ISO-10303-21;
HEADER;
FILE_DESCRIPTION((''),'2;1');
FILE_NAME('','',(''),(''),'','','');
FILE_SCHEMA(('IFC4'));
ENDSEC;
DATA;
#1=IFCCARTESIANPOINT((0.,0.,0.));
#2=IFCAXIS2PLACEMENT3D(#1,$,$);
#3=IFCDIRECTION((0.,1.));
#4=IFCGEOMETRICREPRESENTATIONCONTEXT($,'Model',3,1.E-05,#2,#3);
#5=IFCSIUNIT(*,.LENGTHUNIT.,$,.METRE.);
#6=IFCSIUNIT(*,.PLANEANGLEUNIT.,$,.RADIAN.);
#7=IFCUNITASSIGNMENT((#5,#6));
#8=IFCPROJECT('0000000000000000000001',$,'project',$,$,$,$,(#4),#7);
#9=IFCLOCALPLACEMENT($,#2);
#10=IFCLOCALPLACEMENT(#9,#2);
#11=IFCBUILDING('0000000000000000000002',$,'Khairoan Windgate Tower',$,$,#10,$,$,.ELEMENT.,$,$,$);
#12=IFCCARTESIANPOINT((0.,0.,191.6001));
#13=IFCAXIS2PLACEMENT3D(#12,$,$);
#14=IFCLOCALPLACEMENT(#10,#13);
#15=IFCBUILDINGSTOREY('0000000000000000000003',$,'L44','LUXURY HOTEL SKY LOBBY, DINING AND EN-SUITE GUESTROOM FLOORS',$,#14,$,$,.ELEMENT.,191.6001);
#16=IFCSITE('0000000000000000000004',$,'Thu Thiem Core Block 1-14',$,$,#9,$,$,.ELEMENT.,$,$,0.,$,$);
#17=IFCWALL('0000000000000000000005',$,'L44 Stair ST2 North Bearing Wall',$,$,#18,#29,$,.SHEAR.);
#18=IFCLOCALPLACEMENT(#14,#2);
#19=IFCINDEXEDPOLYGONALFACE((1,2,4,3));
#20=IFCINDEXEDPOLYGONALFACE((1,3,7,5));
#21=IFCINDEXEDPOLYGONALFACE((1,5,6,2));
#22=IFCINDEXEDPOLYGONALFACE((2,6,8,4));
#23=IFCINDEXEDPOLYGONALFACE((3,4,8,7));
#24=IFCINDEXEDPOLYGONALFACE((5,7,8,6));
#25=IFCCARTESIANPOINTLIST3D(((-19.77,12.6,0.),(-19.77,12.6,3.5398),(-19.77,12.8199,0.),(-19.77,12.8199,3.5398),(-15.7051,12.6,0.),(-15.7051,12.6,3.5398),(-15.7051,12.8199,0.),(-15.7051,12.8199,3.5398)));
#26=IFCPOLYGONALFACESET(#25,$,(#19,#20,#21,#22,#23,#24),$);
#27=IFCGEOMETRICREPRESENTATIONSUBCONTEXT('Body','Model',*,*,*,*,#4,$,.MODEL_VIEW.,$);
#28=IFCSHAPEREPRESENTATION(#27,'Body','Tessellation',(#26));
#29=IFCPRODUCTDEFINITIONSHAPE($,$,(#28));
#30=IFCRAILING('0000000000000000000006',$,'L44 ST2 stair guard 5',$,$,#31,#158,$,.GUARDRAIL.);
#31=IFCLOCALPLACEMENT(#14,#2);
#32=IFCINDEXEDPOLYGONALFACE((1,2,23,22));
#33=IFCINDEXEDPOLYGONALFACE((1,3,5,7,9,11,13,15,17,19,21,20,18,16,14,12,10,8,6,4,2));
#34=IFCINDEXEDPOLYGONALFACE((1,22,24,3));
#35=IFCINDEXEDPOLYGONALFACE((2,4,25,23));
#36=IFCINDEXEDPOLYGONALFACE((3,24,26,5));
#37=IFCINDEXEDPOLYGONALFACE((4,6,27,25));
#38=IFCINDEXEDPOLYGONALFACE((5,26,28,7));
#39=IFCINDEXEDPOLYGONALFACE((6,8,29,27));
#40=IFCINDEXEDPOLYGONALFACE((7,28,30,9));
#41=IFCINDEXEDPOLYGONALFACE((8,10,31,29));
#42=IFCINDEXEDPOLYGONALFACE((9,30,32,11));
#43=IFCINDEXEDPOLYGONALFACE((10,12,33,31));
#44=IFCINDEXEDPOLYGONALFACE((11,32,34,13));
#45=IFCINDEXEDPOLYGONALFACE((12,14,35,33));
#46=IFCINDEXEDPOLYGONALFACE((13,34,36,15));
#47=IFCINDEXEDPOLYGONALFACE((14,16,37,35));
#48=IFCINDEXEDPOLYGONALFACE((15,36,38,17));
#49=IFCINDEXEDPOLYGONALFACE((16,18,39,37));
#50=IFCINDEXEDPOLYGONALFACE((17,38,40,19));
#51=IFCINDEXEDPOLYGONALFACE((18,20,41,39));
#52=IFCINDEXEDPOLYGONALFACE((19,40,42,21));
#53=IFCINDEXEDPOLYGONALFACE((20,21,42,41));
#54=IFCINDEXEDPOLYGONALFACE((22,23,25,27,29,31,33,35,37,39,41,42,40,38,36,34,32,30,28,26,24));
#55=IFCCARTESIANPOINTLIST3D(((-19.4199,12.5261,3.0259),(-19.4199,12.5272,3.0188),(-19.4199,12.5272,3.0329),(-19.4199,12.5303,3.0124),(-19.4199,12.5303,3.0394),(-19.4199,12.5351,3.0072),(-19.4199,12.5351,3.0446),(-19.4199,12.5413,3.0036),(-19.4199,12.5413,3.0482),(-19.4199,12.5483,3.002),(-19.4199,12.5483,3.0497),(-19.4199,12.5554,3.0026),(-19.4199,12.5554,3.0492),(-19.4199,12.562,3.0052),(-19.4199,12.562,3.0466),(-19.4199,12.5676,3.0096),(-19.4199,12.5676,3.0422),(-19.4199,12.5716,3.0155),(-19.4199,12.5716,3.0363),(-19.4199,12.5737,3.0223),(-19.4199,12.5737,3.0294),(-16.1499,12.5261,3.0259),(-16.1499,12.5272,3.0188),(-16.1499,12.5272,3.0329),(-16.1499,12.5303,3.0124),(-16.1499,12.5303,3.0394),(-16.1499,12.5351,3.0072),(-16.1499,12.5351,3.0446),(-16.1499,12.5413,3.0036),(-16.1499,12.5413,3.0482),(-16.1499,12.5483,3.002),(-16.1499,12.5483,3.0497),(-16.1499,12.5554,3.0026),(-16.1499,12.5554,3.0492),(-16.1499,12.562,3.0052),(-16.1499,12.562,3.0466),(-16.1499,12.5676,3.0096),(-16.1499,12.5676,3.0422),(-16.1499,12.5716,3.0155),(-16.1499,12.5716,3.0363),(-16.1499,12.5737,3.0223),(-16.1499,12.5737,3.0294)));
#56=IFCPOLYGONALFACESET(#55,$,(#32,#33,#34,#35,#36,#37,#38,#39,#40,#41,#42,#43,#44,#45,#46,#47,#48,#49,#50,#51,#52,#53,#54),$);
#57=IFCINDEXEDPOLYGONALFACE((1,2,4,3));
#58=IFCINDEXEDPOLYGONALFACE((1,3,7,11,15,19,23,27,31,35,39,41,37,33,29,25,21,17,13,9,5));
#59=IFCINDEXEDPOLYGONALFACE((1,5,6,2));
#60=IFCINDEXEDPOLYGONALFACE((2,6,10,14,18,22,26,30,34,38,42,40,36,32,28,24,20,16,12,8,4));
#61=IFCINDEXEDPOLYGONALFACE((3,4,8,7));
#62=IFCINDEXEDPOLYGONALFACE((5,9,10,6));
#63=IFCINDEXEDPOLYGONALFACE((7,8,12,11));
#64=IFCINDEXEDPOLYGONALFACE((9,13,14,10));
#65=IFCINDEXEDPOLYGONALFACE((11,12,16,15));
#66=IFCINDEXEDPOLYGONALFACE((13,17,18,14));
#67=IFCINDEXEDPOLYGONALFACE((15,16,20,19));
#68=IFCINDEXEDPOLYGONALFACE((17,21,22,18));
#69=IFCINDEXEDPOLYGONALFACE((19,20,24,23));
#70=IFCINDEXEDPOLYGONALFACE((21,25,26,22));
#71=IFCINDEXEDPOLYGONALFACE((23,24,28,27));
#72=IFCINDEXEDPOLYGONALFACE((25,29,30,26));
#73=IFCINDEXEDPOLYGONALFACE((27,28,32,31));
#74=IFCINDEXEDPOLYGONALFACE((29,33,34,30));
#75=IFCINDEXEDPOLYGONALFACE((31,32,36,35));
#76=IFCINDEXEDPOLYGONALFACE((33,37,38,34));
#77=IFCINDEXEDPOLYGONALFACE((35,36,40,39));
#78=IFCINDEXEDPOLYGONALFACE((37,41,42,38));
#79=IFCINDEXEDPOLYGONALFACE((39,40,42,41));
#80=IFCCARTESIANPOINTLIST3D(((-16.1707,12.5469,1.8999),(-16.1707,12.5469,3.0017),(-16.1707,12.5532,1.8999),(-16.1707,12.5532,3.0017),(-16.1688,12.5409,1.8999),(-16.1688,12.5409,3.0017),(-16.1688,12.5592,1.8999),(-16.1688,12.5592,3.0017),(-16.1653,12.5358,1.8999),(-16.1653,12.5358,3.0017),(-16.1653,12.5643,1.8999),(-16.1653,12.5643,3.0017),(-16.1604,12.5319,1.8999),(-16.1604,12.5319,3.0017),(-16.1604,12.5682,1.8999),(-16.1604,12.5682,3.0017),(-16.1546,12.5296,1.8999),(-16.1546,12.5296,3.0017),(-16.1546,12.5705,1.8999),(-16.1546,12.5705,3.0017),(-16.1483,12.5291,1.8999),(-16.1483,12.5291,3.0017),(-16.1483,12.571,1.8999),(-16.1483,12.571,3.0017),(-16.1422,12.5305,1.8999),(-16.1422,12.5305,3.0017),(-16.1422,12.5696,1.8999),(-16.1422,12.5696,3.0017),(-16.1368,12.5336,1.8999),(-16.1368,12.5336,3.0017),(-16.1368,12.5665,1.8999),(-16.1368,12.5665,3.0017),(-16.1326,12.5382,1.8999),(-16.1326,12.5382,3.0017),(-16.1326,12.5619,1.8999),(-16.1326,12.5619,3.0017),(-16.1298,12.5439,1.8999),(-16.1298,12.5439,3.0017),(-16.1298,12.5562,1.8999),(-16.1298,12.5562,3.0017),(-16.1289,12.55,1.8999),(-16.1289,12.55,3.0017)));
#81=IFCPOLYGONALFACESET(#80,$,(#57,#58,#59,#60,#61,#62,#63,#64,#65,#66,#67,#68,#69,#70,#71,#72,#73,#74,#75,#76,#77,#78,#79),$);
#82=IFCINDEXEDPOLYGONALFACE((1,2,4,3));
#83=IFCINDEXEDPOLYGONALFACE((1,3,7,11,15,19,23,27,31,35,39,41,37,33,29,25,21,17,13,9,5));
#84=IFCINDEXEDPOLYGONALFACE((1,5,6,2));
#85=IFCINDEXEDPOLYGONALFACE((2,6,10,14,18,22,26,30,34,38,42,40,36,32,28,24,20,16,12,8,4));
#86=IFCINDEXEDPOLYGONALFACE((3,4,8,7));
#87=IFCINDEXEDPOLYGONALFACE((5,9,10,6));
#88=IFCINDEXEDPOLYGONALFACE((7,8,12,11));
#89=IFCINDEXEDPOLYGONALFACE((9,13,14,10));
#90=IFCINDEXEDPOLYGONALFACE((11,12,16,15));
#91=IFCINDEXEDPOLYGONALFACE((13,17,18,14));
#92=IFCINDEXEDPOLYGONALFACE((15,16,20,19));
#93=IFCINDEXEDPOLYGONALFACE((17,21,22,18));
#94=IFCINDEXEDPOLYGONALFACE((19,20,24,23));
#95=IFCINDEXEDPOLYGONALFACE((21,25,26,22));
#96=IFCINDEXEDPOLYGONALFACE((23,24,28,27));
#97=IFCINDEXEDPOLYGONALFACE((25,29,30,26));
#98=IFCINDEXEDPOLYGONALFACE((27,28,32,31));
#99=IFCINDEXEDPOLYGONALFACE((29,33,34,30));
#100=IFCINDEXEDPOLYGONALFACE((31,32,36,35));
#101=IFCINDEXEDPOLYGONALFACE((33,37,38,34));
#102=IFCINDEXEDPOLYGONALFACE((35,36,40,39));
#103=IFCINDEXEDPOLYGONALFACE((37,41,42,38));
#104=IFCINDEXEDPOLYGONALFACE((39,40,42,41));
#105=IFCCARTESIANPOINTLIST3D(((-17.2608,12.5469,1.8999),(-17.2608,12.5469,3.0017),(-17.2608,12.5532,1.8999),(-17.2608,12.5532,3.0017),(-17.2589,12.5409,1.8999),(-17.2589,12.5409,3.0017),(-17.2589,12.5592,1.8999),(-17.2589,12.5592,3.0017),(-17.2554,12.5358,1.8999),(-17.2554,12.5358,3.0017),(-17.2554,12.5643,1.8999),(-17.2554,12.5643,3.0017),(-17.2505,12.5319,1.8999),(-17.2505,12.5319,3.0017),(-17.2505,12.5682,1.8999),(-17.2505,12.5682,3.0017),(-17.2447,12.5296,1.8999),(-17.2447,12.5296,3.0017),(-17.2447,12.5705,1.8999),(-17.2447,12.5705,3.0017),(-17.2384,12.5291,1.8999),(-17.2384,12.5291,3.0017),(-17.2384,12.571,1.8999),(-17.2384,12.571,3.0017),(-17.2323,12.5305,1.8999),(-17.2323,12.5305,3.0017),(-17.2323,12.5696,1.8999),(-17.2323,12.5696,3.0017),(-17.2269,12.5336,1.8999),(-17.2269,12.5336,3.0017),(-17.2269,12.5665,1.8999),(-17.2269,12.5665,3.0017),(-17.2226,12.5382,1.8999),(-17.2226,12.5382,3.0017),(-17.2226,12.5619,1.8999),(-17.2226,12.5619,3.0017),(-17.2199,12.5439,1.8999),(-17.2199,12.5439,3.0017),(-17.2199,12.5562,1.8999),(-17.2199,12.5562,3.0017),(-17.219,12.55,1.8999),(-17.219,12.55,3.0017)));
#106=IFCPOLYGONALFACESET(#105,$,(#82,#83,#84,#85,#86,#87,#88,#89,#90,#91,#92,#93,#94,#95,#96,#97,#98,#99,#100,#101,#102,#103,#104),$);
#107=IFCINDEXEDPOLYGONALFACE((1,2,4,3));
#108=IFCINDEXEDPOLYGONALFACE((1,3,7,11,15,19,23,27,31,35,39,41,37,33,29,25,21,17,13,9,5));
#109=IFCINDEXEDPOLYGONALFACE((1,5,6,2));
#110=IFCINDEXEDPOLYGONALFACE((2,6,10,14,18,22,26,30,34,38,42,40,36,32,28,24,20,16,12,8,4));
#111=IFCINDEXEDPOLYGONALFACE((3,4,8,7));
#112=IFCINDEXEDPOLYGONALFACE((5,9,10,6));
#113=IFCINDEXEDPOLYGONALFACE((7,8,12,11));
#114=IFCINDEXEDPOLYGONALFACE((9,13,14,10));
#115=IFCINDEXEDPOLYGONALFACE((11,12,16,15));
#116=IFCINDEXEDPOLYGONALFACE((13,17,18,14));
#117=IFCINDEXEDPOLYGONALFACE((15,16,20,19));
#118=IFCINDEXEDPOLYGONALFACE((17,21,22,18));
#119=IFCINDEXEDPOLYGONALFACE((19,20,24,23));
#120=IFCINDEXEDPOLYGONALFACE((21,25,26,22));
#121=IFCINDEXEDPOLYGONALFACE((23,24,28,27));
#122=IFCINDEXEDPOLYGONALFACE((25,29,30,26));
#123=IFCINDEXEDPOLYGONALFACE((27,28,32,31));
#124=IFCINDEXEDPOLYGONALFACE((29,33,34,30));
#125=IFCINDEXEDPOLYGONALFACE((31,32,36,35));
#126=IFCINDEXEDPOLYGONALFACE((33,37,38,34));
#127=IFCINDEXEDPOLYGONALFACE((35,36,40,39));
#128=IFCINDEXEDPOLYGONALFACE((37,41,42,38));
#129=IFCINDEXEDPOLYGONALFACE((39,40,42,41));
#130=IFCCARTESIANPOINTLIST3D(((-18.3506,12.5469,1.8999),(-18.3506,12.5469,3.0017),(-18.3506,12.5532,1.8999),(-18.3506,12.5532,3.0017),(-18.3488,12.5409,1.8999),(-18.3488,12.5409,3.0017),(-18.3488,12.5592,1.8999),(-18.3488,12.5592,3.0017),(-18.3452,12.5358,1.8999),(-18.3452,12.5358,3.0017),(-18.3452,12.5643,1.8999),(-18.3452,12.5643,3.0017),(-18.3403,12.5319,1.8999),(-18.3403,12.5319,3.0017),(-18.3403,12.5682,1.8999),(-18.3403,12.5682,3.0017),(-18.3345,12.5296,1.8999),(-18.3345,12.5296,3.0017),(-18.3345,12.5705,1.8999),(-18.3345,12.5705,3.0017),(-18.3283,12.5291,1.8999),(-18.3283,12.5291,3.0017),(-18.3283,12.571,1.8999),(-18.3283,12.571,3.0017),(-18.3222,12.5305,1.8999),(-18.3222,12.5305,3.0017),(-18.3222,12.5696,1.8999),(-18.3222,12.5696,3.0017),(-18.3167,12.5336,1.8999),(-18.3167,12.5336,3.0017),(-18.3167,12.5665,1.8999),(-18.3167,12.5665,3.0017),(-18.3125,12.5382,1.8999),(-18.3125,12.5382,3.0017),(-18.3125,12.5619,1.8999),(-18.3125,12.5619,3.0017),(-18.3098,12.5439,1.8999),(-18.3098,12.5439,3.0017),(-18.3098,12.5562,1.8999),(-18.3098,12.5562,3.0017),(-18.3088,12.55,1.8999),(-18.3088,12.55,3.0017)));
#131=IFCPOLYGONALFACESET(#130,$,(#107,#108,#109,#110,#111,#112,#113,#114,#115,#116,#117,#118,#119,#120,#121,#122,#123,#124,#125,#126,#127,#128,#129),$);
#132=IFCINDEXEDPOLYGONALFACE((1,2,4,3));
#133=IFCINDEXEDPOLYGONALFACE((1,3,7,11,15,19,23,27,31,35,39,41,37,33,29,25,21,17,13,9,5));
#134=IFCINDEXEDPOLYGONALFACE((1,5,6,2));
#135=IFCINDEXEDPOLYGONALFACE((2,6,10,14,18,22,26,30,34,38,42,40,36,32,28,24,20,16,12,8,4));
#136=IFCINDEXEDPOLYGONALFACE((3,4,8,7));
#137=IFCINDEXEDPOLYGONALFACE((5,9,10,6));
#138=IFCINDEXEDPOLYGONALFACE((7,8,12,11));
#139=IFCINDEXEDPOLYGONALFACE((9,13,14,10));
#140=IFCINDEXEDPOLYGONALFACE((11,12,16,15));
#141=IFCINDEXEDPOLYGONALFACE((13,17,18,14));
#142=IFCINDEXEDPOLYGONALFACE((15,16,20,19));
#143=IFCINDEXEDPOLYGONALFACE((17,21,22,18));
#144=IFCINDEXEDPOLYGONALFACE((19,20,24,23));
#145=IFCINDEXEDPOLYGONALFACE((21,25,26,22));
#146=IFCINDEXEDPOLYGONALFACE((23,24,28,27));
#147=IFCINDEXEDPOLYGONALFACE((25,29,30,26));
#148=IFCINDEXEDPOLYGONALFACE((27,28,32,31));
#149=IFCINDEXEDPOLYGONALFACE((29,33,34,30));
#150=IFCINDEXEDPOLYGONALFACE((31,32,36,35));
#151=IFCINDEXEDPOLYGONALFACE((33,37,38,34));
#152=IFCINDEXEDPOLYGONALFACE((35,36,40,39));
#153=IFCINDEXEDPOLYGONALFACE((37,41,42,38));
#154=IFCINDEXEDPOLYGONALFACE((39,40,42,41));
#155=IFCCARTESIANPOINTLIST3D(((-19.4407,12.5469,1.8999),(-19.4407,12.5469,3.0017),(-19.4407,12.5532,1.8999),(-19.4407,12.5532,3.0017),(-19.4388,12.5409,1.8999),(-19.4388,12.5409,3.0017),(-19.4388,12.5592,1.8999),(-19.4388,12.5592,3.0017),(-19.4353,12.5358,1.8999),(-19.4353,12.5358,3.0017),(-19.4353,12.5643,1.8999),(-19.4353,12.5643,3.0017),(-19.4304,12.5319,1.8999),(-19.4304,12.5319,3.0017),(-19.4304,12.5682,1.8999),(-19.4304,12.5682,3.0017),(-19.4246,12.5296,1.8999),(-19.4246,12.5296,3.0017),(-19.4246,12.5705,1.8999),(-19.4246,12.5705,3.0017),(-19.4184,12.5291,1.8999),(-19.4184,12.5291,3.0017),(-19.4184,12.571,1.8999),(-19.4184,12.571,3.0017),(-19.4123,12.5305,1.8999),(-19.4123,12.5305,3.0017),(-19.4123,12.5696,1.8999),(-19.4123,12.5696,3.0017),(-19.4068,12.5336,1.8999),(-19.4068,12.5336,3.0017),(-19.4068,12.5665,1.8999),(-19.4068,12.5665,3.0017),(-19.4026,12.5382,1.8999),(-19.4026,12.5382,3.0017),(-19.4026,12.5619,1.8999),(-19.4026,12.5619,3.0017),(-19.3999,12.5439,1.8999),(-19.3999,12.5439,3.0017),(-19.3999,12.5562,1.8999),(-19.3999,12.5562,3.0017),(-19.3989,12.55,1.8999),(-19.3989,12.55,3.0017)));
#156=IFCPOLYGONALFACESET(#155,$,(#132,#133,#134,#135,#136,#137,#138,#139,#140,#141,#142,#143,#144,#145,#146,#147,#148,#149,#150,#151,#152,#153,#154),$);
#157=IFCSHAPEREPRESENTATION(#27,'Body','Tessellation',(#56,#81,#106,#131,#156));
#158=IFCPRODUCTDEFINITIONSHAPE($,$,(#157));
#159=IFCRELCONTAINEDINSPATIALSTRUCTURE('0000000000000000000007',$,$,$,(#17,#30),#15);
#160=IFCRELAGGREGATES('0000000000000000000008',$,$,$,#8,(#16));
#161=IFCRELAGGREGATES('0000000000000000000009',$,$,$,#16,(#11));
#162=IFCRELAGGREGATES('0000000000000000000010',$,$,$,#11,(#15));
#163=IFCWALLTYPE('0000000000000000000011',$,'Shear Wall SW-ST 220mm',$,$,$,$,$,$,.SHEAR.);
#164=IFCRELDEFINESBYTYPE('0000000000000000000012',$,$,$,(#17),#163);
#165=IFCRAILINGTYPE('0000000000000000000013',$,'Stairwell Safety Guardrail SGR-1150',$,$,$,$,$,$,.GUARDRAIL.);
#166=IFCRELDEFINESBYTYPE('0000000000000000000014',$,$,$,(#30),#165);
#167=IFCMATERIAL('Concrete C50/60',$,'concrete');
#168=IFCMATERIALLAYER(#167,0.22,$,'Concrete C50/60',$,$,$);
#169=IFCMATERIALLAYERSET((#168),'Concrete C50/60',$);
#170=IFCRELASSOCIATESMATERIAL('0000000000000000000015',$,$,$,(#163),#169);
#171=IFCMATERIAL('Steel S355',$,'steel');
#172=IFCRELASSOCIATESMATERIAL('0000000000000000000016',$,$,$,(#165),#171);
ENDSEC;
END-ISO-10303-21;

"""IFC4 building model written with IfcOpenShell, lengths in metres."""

from ifc_helpers import new_model, si_unit, direction, frame, frame_2d, origin, origin_2d, place, context, subcontext, project, spatial, rectangle, circle, extrude, material, layer, layer_set, type_object, element, save


model = new_model("IFC4")

# Units and contexts
model_context = context("Model", 3, precision=1e-05, world=origin(), true_north=direction((0.0, 1.0)))
body_context = subcontext(model_context, "Body", "Model", "MODEL_VIEW")
ifc_project = project(units=[si_unit("LENGTHUNIT", "METRE"), si_unit("PLANEANGLEUNIT", "RADIAN")], contexts=[model_context])

# Site, building, storey
site_placement = place(None, origin())
site = spatial("IfcSite", under=ifc_project, at=site_placement, Name="Thu Thiem Core Block 1-14", CompositionType="ELEMENT", RefElevation=0.0)
building_placement = place(site_placement, origin())
building = spatial("IfcBuilding", under=site, at=building_placement, Name="Khairoan Windgate Tower", CompositionType="ELEMENT")
storey_placement = place(building_placement, frame((0.0, 0.0, 191.6001)))
storey = spatial("IfcBuildingStorey", under=building, at=storey_placement, Name="L44", Description="LUXURY HOTEL SKY LOBBY, DINING AND EN-SUITE GUESTROOM FLOORS", CompositionType="ELEMENT", Elevation=191.6001)

# Wall
ifc_material_1 = material(Name="Concrete C50/60", Category="concrete")
ifc_layer_1 = layer(ifc_material_1, 0.22, Name="Concrete C50/60")
ifc_layer_set_1 = layer_set([ifc_layer_1], Name="Concrete C50/60")
wall_type_1 = type_object("IfcWallType", Name="Shear Wall SW-ST 220mm", PredefinedType="SHEAR", material=ifc_layer_set_1)
wall_1_placement = place(storey_placement, frame((-19.77, 12.71, 0.0), z_axis=(0.0, 0.0, 1.0), x_axis=(1.0, 0.0, 0.0)))
element("IfcWall", 1, at=wall_1_placement, inside=storey, type_object=wall_type_1, Name="L44 Stair ST2 North Bearing Wall", PredefinedType="SHEAR", context=body_context, shape_type="SweptSolid", body=[
    extrude(rectangle(XDim=4.0649, YDim=0.22, at=frame_2d((2.0325, 0.0))), origin(), (0.0, 0.0, 1.0), 3.5398),
])

# Railing
ifc_material_2 = material(Name="Steel S355", Category="steel")
railing_type = type_object("IfcRailingType", Name="Stairwell Safety Guardrail SGR-1150", PredefinedType="GUARDRAIL", material=ifc_material_2)
railing_1_placement = place(storey_placement, frame((-16.1499, 12.55, 1.8999)))
element("IfcRailing", 2, at=railing_1_placement, inside=storey, type_object=railing_type, Name="L44 ST2 stair guard 5", PredefinedType="GUARDRAIL", context=body_context, shape_type="SweptSolid", body=[
    extrude(circle(Radius=0.0239, at=origin_2d()), frame((0.0, 0.0, 1.126), z_axis=(-1.0, 0.0, 0.0), x_axis=(0.0, -1.0, 0.0)), (0.0, 0.0, 1.0), 3.27),
    extrude(circle(Radius=0.021, at=origin_2d()), origin(), (0.0, 0.0, 1.0), 1.1018),
    extrude(circle(Radius=0.021, at=origin_2d()), frame((-1.0901, 0.0, 0.0)), (0.0, 0.0, 1.0), 1.1018),
    extrude(circle(Radius=0.021, at=origin_2d()), frame((-2.1799, 0.0, 0.0)), (0.0, 0.0, 1.0), 1.1018),
    extrude(circle(Radius=0.021, at=origin_2d()), frame((-3.27, 0.0, 0.0)), (0.0, 0.0, 1.0), 1.1018),
])

save(model, "model.ifc")
